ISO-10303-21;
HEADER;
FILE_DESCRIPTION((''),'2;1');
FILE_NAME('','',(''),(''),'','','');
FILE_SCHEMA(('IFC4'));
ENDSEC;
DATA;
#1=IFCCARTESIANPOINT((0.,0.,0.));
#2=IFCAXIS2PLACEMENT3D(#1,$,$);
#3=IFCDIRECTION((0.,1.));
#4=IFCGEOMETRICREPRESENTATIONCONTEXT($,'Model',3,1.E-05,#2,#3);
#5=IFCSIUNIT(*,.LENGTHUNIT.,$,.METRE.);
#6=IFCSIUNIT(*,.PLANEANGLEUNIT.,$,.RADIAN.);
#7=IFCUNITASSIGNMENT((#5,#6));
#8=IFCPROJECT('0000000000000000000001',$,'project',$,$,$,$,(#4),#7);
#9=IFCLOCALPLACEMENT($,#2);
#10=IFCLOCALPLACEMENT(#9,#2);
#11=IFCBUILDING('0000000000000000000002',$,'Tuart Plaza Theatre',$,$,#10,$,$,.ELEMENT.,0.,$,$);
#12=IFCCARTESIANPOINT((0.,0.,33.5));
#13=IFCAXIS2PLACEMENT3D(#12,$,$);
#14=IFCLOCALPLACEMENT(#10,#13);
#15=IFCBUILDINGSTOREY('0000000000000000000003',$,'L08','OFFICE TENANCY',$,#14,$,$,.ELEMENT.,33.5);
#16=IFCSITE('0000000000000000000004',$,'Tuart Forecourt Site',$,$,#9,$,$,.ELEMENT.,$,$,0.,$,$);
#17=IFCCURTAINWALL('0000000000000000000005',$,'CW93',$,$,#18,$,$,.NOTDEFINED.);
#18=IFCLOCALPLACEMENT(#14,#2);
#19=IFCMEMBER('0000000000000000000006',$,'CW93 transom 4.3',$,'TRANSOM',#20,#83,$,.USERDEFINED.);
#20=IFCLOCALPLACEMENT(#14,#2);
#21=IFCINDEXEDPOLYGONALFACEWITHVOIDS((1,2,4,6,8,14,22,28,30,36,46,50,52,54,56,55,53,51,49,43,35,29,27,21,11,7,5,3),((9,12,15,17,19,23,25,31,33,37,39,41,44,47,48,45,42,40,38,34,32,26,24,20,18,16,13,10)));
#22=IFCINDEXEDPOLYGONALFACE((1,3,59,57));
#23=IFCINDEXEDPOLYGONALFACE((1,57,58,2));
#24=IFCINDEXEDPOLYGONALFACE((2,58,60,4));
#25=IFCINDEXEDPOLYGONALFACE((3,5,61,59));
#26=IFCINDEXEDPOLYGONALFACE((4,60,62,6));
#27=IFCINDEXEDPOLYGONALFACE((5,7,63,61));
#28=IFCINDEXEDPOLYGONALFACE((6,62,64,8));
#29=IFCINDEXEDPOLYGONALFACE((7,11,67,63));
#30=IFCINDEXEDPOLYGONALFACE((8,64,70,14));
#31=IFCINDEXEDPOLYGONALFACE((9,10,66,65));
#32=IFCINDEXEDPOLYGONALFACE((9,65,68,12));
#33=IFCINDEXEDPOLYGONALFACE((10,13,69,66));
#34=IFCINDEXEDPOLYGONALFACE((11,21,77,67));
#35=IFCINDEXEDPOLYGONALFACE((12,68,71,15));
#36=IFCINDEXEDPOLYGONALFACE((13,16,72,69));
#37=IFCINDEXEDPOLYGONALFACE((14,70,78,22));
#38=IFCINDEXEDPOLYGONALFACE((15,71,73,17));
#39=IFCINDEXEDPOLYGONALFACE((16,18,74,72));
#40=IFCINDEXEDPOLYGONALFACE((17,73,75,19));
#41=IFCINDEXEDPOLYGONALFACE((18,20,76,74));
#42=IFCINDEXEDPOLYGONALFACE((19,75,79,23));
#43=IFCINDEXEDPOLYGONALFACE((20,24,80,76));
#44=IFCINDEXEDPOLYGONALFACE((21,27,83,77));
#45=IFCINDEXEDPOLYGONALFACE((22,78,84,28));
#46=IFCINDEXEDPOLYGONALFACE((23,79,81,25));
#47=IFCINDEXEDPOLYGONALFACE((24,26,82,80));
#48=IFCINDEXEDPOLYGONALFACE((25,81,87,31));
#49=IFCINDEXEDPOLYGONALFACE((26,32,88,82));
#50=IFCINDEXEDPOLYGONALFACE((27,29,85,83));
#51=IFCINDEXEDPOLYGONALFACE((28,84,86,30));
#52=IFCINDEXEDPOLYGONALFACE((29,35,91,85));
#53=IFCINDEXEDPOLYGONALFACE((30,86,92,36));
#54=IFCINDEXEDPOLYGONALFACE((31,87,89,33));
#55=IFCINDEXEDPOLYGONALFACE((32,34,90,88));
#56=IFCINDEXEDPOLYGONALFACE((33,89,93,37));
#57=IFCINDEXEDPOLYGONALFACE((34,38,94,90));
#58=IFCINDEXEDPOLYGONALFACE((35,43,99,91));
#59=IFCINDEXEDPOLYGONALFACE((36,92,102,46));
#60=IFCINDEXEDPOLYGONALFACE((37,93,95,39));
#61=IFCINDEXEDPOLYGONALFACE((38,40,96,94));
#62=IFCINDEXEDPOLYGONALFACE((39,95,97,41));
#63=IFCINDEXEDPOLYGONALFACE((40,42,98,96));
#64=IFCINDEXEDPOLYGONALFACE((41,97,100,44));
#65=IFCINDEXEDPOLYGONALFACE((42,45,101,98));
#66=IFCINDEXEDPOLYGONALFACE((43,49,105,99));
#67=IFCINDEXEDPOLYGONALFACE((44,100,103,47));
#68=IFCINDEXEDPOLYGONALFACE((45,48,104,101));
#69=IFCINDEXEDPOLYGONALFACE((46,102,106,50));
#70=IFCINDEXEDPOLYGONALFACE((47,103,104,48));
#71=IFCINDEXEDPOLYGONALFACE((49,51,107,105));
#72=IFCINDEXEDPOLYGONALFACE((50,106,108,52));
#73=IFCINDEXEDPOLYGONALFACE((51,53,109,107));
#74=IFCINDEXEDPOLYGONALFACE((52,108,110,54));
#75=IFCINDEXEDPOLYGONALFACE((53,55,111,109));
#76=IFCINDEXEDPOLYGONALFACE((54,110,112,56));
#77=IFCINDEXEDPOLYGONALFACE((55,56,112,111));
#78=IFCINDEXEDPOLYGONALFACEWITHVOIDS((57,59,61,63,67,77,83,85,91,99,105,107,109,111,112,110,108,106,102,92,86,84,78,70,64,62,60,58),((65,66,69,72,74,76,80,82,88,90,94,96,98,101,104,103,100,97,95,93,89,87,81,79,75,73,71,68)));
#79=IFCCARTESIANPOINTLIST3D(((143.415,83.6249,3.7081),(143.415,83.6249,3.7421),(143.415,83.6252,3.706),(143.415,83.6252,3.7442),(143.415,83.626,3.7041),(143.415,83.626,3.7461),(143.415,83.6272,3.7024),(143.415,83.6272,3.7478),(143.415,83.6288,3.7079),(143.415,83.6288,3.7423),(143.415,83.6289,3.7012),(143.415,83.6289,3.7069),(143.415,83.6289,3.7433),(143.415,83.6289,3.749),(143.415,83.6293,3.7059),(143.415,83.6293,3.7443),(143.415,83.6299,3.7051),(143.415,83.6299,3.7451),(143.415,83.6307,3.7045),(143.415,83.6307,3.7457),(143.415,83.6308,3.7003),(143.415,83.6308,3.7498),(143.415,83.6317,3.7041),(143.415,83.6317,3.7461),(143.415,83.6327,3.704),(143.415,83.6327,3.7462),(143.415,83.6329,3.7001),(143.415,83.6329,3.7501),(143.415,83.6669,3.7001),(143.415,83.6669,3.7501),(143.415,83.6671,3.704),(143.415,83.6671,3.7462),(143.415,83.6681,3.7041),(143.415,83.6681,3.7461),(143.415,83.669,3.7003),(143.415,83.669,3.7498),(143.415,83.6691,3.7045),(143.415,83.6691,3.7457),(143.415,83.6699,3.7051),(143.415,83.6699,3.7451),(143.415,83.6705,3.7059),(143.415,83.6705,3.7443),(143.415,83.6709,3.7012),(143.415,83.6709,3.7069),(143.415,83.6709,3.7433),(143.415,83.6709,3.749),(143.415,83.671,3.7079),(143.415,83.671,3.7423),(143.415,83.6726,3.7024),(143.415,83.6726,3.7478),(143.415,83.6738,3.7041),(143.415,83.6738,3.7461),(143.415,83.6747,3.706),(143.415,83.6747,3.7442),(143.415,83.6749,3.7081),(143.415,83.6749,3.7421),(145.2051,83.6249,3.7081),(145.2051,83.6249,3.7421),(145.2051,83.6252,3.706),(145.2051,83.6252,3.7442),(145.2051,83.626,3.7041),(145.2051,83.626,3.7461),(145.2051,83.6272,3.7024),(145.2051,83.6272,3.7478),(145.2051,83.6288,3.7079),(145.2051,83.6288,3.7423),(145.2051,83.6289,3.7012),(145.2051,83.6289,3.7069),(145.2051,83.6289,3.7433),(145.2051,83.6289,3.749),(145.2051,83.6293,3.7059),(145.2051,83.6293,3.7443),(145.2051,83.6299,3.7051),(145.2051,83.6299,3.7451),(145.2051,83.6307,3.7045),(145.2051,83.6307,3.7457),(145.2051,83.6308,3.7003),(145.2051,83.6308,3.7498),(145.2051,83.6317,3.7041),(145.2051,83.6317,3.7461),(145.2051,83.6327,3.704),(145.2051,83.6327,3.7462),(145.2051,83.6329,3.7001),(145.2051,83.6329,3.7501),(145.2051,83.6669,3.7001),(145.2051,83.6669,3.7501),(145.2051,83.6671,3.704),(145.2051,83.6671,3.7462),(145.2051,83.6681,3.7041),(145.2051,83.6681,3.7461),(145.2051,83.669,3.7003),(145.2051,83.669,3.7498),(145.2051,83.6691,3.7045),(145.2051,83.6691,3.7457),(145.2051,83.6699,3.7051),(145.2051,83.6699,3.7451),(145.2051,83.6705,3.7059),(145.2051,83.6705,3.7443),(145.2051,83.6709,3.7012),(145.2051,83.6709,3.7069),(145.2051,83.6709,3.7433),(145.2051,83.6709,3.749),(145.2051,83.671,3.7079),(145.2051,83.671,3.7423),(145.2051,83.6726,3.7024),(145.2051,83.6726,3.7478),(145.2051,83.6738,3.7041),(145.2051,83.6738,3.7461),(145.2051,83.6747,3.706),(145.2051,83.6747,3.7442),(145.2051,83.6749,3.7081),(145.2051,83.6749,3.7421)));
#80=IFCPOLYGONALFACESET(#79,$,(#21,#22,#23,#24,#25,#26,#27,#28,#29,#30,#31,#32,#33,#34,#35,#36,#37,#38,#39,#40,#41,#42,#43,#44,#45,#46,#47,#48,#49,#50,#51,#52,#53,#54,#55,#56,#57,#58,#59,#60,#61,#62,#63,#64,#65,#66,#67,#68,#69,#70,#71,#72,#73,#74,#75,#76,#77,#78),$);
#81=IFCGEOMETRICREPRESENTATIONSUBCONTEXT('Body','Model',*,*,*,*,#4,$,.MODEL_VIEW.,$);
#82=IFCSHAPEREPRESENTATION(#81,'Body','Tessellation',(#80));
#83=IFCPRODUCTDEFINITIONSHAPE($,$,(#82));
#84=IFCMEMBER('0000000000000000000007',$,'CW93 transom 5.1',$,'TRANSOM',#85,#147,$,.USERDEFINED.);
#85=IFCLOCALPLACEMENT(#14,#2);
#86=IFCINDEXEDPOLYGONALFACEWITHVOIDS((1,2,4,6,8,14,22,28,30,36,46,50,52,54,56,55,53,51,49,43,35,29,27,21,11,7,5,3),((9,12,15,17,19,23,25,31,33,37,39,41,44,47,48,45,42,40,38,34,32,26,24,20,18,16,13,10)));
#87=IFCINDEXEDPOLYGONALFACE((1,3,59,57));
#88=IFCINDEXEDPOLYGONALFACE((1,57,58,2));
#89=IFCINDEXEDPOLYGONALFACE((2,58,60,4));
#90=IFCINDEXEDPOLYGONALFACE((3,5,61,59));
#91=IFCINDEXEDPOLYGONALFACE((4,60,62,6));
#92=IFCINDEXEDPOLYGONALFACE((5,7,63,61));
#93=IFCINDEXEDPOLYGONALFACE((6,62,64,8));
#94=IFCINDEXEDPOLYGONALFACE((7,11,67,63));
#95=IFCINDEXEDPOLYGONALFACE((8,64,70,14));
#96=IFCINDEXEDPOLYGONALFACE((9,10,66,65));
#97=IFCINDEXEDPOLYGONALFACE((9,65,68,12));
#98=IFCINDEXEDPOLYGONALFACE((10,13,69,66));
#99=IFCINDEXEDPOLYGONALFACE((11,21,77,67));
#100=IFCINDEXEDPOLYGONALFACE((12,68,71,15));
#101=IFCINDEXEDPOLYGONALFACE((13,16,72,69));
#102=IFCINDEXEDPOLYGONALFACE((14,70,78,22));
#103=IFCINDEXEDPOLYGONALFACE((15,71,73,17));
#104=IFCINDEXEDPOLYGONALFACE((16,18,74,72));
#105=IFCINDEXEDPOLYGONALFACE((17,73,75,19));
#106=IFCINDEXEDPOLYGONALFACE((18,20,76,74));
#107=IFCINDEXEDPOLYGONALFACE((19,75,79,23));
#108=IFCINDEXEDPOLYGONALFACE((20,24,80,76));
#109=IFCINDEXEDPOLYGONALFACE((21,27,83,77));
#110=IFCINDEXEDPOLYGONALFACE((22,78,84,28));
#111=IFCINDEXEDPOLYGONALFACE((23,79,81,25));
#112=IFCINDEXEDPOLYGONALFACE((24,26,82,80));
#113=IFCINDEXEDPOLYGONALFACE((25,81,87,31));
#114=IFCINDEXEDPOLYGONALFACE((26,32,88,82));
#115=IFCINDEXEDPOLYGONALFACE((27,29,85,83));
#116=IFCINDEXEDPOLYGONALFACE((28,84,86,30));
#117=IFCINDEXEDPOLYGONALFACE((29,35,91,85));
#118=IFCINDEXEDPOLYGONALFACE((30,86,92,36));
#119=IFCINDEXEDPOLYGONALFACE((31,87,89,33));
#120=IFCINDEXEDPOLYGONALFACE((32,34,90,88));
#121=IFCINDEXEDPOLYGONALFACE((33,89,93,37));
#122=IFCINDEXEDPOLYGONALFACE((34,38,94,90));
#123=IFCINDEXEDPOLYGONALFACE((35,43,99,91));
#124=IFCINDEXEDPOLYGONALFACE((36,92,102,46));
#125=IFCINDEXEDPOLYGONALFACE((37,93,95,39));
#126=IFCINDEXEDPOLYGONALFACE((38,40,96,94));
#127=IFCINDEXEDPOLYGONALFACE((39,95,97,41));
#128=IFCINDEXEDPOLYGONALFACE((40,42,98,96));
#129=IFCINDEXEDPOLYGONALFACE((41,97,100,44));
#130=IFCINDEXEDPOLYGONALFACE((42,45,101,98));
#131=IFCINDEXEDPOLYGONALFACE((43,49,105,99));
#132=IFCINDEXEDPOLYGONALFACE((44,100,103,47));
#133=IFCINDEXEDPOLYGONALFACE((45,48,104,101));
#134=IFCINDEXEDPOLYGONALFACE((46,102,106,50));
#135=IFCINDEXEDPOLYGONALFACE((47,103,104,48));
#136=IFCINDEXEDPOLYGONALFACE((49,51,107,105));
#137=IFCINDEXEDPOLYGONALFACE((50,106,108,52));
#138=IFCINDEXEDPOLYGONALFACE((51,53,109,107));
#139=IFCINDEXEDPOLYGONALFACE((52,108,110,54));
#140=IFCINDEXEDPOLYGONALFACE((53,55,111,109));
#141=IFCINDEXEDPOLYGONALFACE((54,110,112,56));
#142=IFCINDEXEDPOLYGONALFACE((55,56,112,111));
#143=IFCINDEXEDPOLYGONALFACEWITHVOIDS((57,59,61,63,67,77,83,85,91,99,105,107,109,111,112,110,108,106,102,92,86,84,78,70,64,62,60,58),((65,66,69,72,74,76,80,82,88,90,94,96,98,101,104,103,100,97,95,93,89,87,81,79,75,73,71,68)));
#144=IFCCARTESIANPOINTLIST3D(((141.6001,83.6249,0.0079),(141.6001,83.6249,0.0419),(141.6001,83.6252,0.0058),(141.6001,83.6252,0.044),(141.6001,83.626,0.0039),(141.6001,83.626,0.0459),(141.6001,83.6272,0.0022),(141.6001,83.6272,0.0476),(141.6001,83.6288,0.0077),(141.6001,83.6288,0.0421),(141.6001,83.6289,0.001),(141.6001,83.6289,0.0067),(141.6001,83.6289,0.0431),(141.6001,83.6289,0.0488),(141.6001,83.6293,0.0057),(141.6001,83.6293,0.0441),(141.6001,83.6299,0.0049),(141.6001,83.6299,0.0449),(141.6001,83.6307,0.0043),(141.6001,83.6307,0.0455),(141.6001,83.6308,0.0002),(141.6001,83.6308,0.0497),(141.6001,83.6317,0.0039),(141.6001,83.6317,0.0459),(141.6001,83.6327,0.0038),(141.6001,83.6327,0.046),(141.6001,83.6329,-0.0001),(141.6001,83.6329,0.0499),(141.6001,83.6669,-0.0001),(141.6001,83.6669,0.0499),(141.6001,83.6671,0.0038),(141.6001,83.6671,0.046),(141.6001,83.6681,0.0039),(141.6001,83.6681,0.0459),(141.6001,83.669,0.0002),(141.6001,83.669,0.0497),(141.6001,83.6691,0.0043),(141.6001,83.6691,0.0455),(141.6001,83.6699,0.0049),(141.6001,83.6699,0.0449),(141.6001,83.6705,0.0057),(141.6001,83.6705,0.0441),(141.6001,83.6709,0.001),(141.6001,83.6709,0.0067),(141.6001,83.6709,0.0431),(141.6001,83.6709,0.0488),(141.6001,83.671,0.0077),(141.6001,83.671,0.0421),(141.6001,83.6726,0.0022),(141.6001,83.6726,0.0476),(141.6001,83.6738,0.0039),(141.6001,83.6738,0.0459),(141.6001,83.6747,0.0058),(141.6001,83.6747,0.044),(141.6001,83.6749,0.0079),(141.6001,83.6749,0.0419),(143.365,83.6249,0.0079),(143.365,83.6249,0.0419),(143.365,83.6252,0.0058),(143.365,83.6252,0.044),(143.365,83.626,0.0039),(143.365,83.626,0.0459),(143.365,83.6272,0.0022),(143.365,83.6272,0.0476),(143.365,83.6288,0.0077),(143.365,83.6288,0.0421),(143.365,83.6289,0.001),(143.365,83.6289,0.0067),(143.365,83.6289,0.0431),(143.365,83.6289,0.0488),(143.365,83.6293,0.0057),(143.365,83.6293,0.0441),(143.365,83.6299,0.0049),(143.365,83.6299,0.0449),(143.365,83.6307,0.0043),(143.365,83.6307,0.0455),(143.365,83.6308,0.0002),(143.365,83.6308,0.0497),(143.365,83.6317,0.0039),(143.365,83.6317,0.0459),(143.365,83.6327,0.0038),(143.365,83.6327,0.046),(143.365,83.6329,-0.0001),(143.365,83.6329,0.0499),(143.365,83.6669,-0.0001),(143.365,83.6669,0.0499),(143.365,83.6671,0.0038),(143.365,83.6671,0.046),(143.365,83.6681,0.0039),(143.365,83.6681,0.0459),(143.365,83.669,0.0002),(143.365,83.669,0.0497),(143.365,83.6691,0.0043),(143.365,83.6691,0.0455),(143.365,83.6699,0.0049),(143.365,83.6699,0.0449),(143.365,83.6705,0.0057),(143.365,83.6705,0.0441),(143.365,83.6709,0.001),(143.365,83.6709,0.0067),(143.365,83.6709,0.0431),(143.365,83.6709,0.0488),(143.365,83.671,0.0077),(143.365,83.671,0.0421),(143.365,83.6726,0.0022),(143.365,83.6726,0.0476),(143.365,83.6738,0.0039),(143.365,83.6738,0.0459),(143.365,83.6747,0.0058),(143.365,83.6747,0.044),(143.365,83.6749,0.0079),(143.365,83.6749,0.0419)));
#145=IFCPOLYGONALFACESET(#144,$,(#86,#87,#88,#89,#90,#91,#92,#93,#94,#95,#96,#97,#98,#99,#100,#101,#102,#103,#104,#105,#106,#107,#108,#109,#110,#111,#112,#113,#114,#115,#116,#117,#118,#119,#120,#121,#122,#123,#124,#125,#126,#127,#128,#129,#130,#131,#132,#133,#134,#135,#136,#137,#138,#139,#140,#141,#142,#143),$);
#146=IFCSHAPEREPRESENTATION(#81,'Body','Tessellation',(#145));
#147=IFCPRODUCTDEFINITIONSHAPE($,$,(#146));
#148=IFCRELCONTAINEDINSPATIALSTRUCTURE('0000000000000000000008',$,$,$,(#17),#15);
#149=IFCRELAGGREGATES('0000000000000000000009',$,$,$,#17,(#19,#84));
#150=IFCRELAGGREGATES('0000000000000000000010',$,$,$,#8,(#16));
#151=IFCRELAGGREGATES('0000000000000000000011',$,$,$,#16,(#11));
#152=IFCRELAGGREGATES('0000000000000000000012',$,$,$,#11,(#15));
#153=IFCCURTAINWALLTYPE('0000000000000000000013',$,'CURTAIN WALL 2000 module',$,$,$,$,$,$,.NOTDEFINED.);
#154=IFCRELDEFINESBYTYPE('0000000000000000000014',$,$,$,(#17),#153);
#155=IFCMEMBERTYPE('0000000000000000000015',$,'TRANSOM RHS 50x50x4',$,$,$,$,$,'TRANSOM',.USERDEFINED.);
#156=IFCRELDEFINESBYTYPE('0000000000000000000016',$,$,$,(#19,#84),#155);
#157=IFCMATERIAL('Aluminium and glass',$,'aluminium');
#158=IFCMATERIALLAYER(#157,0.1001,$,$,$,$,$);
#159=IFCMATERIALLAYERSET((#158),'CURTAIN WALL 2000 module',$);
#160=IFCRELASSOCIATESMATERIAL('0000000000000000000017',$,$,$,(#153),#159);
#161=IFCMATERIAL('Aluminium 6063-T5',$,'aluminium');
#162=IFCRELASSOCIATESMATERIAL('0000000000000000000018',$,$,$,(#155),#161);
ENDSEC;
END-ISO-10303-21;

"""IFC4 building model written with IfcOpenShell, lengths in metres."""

from ifc_helpers import new_model, si_unit, direction, frame, origin, origin_2d, place, context, subcontext, project, spatial, hollow_rectangle, extrude, material, layer, layer_set, material_profile, profile_set, type_object, element, aggregate, save


model = new_model("IFC4")

# Units and contexts
model_context = context("Model", 3, precision=1e-05, world=origin(), true_north=direction((0.0, 1.0)))
body_context = subcontext(model_context, "Body", "Model", "MODEL_VIEW")
ifc_project = project(units=[si_unit("LENGTHUNIT", "METRE"), si_unit("PLANEANGLEUNIT", "RADIAN")], contexts=[model_context])

# Site, building, storey
site_placement = place(None, origin())
site = spatial("IfcSite", under=ifc_project, at=site_placement, Name="Tuart Forecourt Site", CompositionType="ELEMENT", RefElevation=0.0)
building_placement = place(site_placement, origin())
building = spatial("IfcBuilding", under=site, at=building_placement, Name="Tuart Plaza Theatre", CompositionType="ELEMENT", ElevationOfRefHeight=0.0)
storey_placement = place(building_placement, frame((0.0, 0.0, 33.5)))
storey = spatial("IfcBuildingStorey", under=building, at=storey_placement, Name="L08", Description="OFFICE TENANCY", CompositionType="ELEMENT", Elevation=33.5)

# Curtain wall
ifc_material_1 = material(Name="Aluminium and glass", Category="aluminium")
ifc_layer_1 = layer(ifc_material_1, 0.1001)
ifc_layer_set_1 = layer_set([ifc_layer_1], Name="CURTAIN WALL 2000 module")
curtain_wall_type = type_object("IfcCurtainWallType", Name="CURTAIN WALL 2000 module", PredefinedType="NOTDEFINED", material=ifc_layer_set_1)
curtain_wall_1_placement = place(storey_placement, origin())
curtain_wall_1 = element("IfcCurtainWall", 1, at=curtain_wall_1_placement, inside=storey, type_object=curtain_wall_type, Name="CW93", PredefinedType="NOTDEFINED")

# Members
ifc_material_2 = material(Name="Aluminium 6063-T5", Category="aluminium")
ifc_material_profile_1 = material_profile(ifc_material_2, hollow_rectangle(XDim=0.05, YDim=0.05, WallThickness=0.0039, InnerFilletRadius=0.0039, OuterFilletRadius=0.0081, at=origin_2d()), Name="RHS 50x50x4")
ifc_profile_set_1 = profile_set([ifc_material_profile_1], Name="Aluminium 6063-T5")
member_type_1 = type_object("IfcMemberType", Name="TRANSOM RHS 50x50x4", ElementType="TRANSOM", PredefinedType="USERDEFINED", material=ifc_profile_set_1)
member_1_placement = place(storey_placement, frame((145.2051, 83.6499, 3.7251), z_axis=(-1.0, 0.0, 0.0), x_axis=(0.0, -1.0, 0.0)))
member_1 = element("IfcMember", 2, at=member_1_placement, type_object=member_type_1, Name="CW93 transom 4.3", ObjectType="TRANSOM", PredefinedType="USERDEFINED", context=body_context, shape_type="SweptSolid", body=[
    extrude(hollow_rectangle(XDim=0.05, YDim=0.05, WallThickness=0.0039, InnerFilletRadius=0.0039, OuterFilletRadius=0.0081, at=origin_2d()), origin(), (0.0, 0.0, 1.0), 1.79),
])
member_2_placement = place(storey_placement, frame((143.365, 83.6499, 0.0249), z_axis=(-1.0, 0.0, 0.0), x_axis=(0.0, -1.0, 0.0)))
member_2 = element("IfcMember", 3, at=member_2_placement, type_object=member_type_1, Name="CW93 transom 5.1", ObjectType="TRANSOM", PredefinedType="USERDEFINED", context=body_context, shape_type="SweptSolid", body=[
    extrude(hollow_rectangle(XDim=0.05, YDim=0.05, WallThickness=0.0039, InnerFilletRadius=0.0039, OuterFilletRadius=0.0081, at=origin_2d()), origin(), (0.0, 0.0, 1.0), 1.7649),
])

aggregate(curtain_wall_1, [member_1, member_2])

save(model, "model.ifc")
